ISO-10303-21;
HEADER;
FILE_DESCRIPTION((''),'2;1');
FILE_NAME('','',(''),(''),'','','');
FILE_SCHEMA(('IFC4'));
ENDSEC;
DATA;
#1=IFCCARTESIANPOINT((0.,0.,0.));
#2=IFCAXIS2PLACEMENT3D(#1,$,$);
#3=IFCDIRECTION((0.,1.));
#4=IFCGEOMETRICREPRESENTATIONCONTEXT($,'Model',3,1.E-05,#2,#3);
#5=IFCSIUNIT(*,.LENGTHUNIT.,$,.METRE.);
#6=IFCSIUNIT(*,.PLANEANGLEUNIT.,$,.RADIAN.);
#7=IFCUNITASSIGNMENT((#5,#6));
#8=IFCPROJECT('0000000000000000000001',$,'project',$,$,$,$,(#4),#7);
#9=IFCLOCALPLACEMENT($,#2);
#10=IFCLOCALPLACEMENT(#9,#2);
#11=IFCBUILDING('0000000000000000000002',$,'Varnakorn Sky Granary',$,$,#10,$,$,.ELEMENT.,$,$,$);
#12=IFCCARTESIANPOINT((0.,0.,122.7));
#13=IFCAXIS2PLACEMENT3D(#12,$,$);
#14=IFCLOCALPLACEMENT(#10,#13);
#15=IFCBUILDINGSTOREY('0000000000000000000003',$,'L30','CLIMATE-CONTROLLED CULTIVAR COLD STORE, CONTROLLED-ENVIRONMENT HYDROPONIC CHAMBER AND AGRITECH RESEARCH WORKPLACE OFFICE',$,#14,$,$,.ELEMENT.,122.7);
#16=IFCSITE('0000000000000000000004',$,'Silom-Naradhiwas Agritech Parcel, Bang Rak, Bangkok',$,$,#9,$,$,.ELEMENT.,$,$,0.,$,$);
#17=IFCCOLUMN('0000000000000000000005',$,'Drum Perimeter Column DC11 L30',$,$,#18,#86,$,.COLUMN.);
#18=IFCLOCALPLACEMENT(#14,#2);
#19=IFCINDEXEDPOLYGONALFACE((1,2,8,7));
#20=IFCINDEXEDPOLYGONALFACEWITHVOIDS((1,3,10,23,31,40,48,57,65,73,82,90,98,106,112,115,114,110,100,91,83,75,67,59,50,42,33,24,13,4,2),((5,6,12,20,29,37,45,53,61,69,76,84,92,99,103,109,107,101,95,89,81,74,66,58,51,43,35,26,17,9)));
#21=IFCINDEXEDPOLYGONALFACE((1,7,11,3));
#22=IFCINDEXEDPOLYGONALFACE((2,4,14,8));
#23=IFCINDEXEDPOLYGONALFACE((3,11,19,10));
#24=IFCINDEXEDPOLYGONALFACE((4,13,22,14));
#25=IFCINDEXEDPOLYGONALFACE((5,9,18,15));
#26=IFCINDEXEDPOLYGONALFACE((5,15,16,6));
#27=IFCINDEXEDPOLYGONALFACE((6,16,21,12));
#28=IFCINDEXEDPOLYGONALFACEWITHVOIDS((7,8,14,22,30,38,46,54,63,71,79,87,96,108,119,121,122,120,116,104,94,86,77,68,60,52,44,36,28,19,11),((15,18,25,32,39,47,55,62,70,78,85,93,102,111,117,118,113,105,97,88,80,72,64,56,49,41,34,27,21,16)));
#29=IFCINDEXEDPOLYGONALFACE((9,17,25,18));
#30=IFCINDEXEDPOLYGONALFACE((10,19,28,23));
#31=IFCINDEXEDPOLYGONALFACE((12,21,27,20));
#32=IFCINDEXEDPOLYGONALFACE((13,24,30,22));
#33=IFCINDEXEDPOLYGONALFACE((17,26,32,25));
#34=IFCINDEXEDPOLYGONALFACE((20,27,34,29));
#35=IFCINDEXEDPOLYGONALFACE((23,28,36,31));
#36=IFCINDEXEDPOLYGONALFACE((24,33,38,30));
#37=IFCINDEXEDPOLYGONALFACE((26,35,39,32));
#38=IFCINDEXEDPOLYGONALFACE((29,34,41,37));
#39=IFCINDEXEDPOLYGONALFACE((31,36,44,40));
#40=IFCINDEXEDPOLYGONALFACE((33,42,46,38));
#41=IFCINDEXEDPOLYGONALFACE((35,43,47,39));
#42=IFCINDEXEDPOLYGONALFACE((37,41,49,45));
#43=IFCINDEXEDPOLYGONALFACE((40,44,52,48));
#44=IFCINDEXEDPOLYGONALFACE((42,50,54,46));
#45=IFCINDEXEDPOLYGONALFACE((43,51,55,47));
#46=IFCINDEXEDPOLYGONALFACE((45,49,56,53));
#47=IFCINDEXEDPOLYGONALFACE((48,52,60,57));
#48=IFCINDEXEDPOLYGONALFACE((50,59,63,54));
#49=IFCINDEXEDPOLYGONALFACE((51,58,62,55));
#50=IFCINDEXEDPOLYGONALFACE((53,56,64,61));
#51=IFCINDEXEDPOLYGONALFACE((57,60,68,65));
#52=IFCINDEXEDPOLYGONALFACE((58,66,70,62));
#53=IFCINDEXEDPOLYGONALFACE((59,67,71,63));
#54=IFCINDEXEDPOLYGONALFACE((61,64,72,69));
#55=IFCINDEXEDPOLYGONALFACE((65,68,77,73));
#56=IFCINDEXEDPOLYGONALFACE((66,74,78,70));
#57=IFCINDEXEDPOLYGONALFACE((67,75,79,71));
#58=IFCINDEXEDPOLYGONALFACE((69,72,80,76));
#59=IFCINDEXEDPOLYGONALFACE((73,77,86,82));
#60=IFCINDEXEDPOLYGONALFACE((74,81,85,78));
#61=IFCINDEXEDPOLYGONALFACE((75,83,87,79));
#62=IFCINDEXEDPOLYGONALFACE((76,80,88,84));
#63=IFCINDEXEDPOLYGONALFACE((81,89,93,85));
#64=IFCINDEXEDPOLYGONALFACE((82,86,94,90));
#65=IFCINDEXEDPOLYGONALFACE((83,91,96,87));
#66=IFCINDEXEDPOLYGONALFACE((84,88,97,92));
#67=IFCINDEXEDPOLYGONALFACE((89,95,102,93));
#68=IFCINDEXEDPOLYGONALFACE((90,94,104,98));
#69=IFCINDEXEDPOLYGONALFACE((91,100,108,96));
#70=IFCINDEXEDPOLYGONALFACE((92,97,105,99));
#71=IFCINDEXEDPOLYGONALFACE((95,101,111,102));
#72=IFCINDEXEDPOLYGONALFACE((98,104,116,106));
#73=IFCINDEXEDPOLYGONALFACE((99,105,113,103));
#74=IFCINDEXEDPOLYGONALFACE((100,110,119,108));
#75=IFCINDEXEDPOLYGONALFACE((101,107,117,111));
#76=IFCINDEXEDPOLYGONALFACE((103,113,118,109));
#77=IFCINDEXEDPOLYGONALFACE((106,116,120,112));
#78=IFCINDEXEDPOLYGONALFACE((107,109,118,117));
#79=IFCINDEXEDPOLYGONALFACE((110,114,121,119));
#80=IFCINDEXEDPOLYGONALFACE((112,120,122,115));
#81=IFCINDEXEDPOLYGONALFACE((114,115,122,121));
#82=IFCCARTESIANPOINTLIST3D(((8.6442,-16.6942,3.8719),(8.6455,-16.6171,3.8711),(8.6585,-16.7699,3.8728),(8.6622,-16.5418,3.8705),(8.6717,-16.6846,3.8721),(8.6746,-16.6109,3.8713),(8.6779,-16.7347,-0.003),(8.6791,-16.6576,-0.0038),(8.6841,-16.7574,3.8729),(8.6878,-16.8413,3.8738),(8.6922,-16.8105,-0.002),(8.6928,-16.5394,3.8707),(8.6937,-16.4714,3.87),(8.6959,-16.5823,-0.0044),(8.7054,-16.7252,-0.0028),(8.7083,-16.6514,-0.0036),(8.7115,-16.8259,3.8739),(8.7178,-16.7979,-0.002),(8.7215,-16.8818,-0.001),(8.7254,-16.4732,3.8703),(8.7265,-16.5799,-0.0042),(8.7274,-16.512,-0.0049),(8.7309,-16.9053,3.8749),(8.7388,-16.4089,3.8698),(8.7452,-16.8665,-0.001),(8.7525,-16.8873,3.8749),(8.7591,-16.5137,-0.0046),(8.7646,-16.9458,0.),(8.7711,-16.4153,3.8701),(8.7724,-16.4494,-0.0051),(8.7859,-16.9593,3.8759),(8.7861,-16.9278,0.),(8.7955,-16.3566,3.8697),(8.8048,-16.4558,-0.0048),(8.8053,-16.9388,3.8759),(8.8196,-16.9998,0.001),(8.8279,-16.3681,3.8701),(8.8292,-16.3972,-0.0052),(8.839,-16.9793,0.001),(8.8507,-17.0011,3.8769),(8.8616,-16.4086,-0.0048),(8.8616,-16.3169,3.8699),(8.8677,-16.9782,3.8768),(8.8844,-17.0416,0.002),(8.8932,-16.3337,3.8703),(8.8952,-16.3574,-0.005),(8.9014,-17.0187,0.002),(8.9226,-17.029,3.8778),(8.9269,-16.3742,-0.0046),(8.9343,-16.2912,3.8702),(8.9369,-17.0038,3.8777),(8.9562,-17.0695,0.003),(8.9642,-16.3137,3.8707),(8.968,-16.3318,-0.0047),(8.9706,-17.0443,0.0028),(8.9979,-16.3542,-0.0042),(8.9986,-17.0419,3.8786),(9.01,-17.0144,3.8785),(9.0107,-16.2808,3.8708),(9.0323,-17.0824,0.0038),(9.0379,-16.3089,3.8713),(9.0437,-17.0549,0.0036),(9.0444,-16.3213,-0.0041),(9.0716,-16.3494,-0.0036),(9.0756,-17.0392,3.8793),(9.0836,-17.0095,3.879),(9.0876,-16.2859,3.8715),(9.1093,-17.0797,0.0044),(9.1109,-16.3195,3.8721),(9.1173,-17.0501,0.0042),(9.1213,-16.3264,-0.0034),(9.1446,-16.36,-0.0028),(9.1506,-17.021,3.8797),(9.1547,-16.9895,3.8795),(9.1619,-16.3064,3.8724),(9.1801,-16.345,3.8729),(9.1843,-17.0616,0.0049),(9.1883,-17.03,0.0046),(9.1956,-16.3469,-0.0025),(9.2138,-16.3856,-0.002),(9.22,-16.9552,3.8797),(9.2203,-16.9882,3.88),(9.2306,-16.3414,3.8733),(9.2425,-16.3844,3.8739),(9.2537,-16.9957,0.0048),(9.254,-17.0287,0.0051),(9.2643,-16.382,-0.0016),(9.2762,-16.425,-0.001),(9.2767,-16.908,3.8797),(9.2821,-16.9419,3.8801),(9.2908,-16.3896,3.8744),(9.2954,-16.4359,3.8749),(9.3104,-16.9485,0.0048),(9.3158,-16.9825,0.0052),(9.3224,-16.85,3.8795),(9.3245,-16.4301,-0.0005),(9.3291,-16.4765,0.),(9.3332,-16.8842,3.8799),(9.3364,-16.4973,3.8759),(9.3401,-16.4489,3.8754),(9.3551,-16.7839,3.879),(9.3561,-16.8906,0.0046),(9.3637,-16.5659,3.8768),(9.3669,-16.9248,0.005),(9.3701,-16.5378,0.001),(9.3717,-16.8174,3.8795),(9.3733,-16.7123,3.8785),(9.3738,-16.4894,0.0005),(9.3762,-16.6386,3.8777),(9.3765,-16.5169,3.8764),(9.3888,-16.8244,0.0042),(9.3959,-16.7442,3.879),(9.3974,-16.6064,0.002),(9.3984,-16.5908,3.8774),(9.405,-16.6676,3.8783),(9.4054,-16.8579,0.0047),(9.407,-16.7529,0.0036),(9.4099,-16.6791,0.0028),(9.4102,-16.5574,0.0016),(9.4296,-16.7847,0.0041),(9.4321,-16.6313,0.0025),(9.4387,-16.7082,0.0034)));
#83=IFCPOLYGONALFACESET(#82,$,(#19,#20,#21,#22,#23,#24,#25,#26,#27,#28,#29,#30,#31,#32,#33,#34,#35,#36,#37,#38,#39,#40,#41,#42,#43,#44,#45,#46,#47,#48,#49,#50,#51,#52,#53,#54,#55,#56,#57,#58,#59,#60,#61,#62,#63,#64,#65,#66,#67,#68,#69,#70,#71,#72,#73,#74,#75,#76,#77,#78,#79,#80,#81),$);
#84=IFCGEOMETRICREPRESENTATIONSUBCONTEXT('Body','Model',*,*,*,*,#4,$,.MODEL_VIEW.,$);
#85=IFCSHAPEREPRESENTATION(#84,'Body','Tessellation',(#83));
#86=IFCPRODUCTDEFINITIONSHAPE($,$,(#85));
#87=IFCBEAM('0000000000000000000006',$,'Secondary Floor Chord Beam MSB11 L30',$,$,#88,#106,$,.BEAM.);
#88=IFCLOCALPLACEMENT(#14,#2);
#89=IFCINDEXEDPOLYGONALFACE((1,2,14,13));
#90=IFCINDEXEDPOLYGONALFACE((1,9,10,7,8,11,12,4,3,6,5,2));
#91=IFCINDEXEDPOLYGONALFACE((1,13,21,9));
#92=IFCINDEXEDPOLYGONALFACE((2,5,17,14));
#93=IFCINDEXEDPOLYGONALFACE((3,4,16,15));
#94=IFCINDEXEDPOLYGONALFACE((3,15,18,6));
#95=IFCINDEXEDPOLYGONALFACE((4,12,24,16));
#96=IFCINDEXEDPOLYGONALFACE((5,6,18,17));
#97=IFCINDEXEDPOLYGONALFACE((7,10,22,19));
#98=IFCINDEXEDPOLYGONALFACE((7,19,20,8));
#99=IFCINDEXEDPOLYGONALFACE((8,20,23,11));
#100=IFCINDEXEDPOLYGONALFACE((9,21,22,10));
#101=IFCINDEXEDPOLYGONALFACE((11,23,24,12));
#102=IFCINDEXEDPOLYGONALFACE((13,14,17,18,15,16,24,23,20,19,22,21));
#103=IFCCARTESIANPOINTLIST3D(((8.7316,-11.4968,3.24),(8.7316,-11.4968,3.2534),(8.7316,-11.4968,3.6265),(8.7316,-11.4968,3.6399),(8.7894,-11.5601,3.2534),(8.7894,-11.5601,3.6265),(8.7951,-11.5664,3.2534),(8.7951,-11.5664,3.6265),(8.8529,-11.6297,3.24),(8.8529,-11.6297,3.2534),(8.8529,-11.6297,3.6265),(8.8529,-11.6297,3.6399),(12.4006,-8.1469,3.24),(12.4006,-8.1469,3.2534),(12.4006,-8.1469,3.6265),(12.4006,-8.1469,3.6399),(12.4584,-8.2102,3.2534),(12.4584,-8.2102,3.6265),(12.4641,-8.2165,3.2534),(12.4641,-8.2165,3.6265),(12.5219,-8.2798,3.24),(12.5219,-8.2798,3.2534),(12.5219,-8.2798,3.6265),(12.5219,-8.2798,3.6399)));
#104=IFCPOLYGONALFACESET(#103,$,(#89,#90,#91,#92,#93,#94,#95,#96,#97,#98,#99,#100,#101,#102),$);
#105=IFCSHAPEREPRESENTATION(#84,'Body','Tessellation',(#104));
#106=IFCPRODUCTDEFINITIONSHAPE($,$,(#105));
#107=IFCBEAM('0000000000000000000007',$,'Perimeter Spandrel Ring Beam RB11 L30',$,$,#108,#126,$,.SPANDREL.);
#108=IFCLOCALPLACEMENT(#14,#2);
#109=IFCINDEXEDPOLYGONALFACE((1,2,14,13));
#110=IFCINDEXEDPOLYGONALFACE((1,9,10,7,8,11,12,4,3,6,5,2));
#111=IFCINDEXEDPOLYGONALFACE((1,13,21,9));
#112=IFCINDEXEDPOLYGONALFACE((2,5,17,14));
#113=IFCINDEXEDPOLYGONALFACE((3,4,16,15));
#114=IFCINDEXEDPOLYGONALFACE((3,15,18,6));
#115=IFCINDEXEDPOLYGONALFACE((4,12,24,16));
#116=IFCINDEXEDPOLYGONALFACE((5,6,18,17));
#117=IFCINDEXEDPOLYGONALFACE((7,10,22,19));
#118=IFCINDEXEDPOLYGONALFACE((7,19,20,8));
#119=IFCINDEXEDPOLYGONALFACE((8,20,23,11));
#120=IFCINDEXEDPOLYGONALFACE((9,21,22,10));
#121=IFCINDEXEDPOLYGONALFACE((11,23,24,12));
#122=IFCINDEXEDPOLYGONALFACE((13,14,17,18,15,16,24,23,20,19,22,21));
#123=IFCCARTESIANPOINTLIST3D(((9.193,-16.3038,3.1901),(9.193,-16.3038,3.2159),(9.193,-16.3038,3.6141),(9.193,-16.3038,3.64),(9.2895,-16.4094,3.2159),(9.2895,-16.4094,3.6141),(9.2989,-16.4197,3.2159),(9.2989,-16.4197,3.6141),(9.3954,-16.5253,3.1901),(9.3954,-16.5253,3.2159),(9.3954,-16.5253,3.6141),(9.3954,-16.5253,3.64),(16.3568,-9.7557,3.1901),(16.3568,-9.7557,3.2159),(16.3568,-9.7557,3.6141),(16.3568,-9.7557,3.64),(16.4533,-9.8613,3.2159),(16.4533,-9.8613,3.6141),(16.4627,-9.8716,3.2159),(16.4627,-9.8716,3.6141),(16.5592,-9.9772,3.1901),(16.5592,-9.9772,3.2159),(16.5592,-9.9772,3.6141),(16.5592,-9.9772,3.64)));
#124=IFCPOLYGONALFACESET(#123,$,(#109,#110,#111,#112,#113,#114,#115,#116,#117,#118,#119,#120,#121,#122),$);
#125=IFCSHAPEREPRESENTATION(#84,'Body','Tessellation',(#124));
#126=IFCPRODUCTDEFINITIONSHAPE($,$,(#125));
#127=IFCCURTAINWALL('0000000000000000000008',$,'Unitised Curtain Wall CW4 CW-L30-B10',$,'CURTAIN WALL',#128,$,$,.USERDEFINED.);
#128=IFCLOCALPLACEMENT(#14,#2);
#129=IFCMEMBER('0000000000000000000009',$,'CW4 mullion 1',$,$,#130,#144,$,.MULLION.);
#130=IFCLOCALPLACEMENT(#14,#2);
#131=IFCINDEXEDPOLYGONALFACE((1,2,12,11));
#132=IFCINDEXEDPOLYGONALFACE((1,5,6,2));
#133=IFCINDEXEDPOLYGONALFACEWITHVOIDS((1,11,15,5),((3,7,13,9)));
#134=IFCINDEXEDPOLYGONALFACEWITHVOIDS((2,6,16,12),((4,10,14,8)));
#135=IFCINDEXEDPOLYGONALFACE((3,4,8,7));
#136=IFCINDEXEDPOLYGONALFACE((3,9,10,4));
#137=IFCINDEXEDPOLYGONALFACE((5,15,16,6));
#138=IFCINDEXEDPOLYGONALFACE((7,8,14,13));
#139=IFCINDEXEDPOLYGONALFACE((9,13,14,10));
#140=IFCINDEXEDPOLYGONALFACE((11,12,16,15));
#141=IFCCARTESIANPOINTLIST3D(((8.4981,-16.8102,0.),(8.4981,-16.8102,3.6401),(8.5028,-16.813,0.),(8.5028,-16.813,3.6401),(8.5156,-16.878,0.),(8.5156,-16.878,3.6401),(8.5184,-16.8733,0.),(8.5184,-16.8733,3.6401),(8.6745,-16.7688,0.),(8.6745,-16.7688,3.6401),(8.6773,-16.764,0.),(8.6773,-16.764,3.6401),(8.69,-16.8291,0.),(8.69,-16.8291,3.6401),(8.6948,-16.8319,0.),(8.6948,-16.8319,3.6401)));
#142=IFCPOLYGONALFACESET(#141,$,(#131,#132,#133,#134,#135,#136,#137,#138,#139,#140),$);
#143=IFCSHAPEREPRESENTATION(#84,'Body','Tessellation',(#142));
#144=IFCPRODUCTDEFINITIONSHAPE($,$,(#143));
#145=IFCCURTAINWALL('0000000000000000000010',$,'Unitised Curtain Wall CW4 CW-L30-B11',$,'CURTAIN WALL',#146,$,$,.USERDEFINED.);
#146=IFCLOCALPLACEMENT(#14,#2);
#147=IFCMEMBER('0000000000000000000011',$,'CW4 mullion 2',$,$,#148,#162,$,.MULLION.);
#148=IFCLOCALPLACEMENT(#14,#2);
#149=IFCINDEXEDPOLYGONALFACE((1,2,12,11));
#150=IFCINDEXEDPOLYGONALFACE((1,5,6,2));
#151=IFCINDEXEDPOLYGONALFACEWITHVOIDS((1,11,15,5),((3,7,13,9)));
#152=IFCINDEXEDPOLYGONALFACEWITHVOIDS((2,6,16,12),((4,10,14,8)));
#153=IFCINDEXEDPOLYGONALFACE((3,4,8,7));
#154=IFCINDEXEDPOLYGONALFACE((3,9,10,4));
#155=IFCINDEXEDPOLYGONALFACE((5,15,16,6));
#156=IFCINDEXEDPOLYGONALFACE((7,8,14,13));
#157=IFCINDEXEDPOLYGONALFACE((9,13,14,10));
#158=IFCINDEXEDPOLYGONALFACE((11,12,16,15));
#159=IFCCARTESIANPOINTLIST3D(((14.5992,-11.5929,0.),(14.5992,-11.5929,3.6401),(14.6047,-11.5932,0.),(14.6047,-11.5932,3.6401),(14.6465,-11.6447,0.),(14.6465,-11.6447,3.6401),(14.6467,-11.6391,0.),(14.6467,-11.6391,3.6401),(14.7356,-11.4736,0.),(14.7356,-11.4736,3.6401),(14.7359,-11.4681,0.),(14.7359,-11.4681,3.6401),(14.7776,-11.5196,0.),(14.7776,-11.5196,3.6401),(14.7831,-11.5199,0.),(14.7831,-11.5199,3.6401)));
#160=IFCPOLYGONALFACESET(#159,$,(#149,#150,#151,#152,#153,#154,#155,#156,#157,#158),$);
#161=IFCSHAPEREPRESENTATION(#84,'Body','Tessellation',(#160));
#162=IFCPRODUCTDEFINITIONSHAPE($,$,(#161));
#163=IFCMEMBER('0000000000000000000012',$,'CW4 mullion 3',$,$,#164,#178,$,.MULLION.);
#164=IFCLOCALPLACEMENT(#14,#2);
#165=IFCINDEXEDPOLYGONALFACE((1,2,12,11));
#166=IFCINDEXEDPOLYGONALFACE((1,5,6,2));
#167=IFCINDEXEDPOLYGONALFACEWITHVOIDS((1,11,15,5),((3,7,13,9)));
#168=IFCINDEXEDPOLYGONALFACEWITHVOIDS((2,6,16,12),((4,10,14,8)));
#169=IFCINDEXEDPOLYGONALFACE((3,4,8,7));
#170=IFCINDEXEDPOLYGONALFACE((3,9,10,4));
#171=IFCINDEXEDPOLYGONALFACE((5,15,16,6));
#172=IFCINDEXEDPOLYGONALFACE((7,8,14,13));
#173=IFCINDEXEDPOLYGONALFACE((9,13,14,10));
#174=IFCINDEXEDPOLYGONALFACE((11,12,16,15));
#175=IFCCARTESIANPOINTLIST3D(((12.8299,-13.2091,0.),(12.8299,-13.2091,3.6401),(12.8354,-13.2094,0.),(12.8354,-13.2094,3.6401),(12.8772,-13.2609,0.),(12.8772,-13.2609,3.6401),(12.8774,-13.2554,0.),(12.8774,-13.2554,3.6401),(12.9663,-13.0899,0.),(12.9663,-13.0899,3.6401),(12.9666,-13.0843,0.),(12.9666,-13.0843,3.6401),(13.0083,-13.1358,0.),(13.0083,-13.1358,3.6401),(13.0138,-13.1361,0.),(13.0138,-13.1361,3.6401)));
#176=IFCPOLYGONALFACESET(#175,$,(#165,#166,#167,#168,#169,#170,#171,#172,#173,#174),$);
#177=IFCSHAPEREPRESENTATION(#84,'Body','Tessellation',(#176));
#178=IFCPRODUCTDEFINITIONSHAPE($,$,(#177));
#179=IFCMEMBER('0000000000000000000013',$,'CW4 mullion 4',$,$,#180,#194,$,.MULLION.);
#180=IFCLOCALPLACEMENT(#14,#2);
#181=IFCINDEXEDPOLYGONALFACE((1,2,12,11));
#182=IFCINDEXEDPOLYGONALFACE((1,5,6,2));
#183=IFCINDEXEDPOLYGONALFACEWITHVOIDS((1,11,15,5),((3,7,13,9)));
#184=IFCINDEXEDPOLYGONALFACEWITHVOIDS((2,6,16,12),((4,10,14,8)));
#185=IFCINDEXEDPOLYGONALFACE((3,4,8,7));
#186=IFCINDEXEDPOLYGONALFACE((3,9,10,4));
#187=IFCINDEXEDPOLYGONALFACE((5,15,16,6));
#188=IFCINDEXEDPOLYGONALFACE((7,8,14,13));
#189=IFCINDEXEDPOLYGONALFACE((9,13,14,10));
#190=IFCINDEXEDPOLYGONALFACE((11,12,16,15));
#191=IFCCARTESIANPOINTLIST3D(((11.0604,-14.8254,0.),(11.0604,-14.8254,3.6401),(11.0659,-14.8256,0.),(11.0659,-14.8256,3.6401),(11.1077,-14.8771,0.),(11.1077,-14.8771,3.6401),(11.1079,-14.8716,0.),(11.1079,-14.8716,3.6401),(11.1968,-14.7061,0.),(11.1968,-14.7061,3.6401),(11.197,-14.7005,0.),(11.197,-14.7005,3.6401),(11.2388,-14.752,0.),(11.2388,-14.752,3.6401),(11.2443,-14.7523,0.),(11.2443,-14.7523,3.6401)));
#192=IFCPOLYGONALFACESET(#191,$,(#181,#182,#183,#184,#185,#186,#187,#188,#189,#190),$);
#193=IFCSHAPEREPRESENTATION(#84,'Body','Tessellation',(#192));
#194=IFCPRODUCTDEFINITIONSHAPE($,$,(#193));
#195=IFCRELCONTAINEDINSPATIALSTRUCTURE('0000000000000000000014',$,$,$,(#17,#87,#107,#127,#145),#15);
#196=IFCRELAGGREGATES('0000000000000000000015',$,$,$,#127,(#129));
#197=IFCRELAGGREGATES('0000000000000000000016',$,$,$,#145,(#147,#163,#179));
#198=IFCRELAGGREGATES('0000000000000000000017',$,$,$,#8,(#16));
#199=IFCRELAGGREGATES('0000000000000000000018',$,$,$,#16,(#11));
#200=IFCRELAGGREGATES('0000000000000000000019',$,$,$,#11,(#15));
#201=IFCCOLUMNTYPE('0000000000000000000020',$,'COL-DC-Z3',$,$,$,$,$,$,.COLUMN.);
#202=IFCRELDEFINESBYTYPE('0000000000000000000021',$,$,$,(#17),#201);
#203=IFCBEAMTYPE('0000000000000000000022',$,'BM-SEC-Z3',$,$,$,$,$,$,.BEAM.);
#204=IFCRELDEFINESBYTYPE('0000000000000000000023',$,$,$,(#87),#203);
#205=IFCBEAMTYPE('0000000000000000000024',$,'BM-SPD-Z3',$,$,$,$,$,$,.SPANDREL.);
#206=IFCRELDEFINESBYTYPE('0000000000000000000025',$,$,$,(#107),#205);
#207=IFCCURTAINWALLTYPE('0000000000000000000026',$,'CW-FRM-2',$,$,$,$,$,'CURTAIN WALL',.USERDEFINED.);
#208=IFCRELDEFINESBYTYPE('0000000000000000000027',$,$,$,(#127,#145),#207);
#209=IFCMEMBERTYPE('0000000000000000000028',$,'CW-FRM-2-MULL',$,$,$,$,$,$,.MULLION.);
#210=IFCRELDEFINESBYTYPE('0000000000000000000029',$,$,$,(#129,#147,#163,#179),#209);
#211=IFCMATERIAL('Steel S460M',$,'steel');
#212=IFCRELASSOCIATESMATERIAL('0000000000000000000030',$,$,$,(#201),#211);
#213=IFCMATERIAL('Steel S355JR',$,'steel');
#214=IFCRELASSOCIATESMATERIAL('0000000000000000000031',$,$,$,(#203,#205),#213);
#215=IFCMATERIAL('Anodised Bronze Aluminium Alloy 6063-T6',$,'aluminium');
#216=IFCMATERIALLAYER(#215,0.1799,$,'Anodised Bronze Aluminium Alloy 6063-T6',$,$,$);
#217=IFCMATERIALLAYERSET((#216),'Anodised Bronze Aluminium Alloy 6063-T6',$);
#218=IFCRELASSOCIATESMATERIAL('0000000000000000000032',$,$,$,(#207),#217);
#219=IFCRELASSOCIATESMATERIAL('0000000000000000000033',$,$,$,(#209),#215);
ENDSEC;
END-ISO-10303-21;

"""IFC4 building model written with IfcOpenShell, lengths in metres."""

from ifc_helpers import new_model, si_unit, direction, frame, origin, origin_2d, place, context, subcontext, project, spatial, hollow_rectangle, hollow_circle, i_section, extrude, material, layer, layer_set, material_profile, profile_set, type_object, element, aggregate, save


model = new_model("IFC4")

# Units and contexts
model_context = context("Model", 3, precision=1e-05, world=origin(), true_north=direction((0.0, 1.0)))
body_context = subcontext(model_context, "Body", "Model", "MODEL_VIEW")
ifc_project = project(units=[si_unit("LENGTHUNIT", "METRE"), si_unit("PLANEANGLEUNIT", "RADIAN")], contexts=[model_context])

# Site, building, storey
site_placement = place(None, origin())
site = spatial("IfcSite", under=ifc_project, at=site_placement, Name="Silom-Naradhiwas Agritech Parcel, Bang Rak, Bangkok", CompositionType="ELEMENT", RefElevation=0.0)
building_placement = place(site_placement, origin())
building = spatial("IfcBuilding", under=site, at=building_placement, Name="Varnakorn Sky Granary", CompositionType="ELEMENT")
storey_placement = place(building_placement, frame((0.0, 0.0, 122.7)))
storey = spatial("IfcBuildingStorey", under=building, at=storey_placement, Name="L30", Description="CLIMATE-CONTROLLED CULTIVAR COLD STORE, CONTROLLED-ENVIRONMENT HYDROPONIC CHAMBER AND AGRITECH RESEARCH WORKPLACE OFFICE", CompositionType="ELEMENT", Elevation=122.7)

# Column
ifc_material_1 = material(Name="Steel S460M", Category="steel")
ifc_material_profile_1 = material_profile(ifc_material_1, hollow_circle(Radius=0.3811, WallThickness=0.0281, at=origin_2d()), Name="CHS 762x28")
ifc_profile_set_1 = profile_set([ifc_material_profile_1], Name="Steel S460M")
column_type = type_object("IfcColumnType", Name="COL-DC-Z3", PredefinedType="COLUMN", material=ifc_profile_set_1)
column_placement = place(storey_placement, frame((9.0576, -16.7021, 0.0), z_axis=(-0.008694, 0.010458, 0.999908), x_axis=(-0.76898, -0.639273, 0.0)))
element("IfcColumn", 1, at=column_placement, inside=storey, type_object=column_type, Name="Drum Perimeter Column DC11 L30", PredefinedType="COLUMN", context=body_context, shape_type="SweptSolid", body=[
    extrude(hollow_circle(Radius=0.3811, WallThickness=0.0281, at=origin_2d()), origin(), (0.0, 0.0, 1.0), 3.8752),
])

# Beams
ifc_material_2 = material(Name="Steel S355JR", Category="steel")
ifc_material_profile_2 = material_profile(ifc_material_2, i_section(OverallWidth=0.1799, OverallDepth=0.3999, WebThickness=0.0085, FlangeThickness=0.0134, at=origin_2d()), Name="IPE 400")
ifc_profile_set_2 = profile_set([ifc_material_profile_2], Name="Steel S355JR")
beam_type_1 = type_object("IfcBeamType", Name="BM-SEC-Z3", PredefinedType="BEAM", material=ifc_profile_set_2)
beam_1_placement = place(storey_placement, frame((8.7922, -11.5632, 3.4399), z_axis=(0.738491, 0.674264, 0.0), x_axis=(-0.674264, 0.738491, 0.0)))
element("IfcBeam", 2, at=beam_1_placement, inside=storey, type_object=beam_type_1, Name="Secondary Floor Chord Beam MSB11 L30", PredefinedType="BEAM", context=body_context, shape_type="SweptSolid", body=[
    extrude(i_section(OverallWidth=0.1799, OverallDepth=0.3999, WebThickness=0.0085, FlangeThickness=0.0134, at=origin_2d()), origin(), (0.0, 0.0, 1.0), 4.9683),
])
ifc_material_profile_3 = material_profile(ifc_material_2, i_section(OverallWidth=0.3, OverallDepth=0.45, WebThickness=0.0139, FlangeThickness=0.0259, at=origin_2d()), Name="HE 450 B")
ifc_profile_set_3 = profile_set([ifc_material_profile_3], Name="Steel S355JR")
beam_type_2 = type_object("IfcBeamType", Name="BM-SPD-Z3", PredefinedType="SPANDREL", material=ifc_profile_set_3)
beam_2_placement = place(storey_placement, frame((9.2942, -16.4146, 3.415), z_axis=(0.738115, 0.674675, 0.0), x_axis=(-0.674675, 0.738115, 0.0)))
element("IfcBeam", 3, at=beam_2_placement, inside=storey, type_object=beam_type_2, Name="Perimeter Spandrel Ring Beam RB11 L30", PredefinedType="SPANDREL", context=body_context, shape_type="SweptSolid", body=[
    extrude(i_section(OverallWidth=0.3, OverallDepth=0.45, WebThickness=0.0139, FlangeThickness=0.0259, at=origin_2d()), origin(), (0.0, 0.0, 1.0), 9.7056),
])

# Curtain wall, member
ifc_material_3 = material(Name="Anodised Bronze Aluminium Alloy 6063-T6", Category="aluminium")
ifc_layer_1 = layer(ifc_material_3, 0.1799, Name="Anodised Bronze Aluminium Alloy 6063-T6")
ifc_layer_set_1 = layer_set([ifc_layer_1], Name="Anodised Bronze Aluminium Alloy 6063-T6")
curtain_wall_type = type_object("IfcCurtainWallType", Name="CW-FRM-2", ElementType="CURTAIN WALL", PredefinedType="USERDEFINED", material=ifc_layer_set_1)
curtain_wall_1_placement = place(storey_placement, origin())
curtain_wall_1 = element("IfcCurtainWall", 4, at=curtain_wall_1_placement, inside=storey, type_object=curtain_wall_type, Name="Unitised Curtain Wall CW4 CW-L30-B10", ObjectType="CURTAIN WALL", PredefinedType="USERDEFINED")
ifc_material_profile_4 = material_profile(ifc_material_3, hollow_rectangle(XDim=0.0701, YDim=0.1851, WallThickness=0.0039, at=origin_2d()), Name="ALU MULL 70x185")
ifc_profile_set_4 = profile_set([ifc_material_profile_4], Name="Anodised Bronze Aluminium Alloy 6063-T6")
member_type_1 = type_object("IfcMemberType", Name="CW-FRM-2-MULL", PredefinedType="MULLION", material=ifc_profile_set_4)
member_1_placement = place(storey_placement, frame((8.5964, -16.821, 0.0), z_axis=(0.0, 0.0, 1.0), x_axis=(0.249384, -0.968405, 0.0)))
member_1 = element("IfcMember", 5, at=member_1_placement, type_object=member_type_1, Name="CW4 mullion 1", PredefinedType="MULLION", context=body_context, shape_type="SweptSolid", body=[
    extrude(hollow_rectangle(XDim=0.0701, YDim=0.1851, WallThickness=0.0039, at=origin_2d()), origin(), (0.0, 0.0, 1.0), 3.6401),
])
aggregate(curtain_wall_1, [member_1])

# Curtain wall, members
curtain_wall_2_placement = place(storey_placement, origin())
curtain_wall_2 = element("IfcCurtainWall", 6, at=curtain_wall_2_placement, inside=storey, type_object=curtain_wall_type, Name="Unitised Curtain Wall CW4 CW-L30-B11", ObjectType="CURTAIN WALL", PredefinedType="USERDEFINED")
member_2_placement = place(storey_placement, frame((14.6912, -11.5564, 0.0), z_axis=(0.0, 0.0, 1.0), x_axis=(0.674407, -0.738359, 0.0)))
member_2 = element("IfcMember", 7, at=member_2_placement, type_object=member_type_1, Name="CW4 mullion 2", PredefinedType="MULLION", context=body_context, shape_type="SweptSolid", body=[
    extrude(hollow_rectangle(XDim=0.0701, YDim=0.1851, WallThickness=0.0039, at=origin_2d()), origin(), (0.0, 0.0, 1.0), 3.6401),
])
member_3_placement = place(storey_placement, frame((12.9219, -13.1726, 0.0), z_axis=(0.0, 0.0, 1.0), x_axis=(0.674407, -0.738359, 0.0)))
member_3 = element("IfcMember", 8, at=member_3_placement, type_object=member_type_1, Name="CW4 mullion 3", PredefinedType="MULLION", context=body_context, shape_type="SweptSolid", body=[
    extrude(hollow_rectangle(XDim=0.0701, YDim=0.1851, WallThickness=0.0039, at=origin_2d()), origin(), (0.0, 0.0, 1.0), 3.6401),
])
member_4_placement = place(storey_placement, frame((11.1523, -14.7888, 0.0), z_axis=(0.0, 0.0, 1.0), x_axis=(0.674407, -0.738359, 0.0)))
member_4 = element("IfcMember", 9, at=member_4_placement, type_object=member_type_1, Name="CW4 mullion 4", PredefinedType="MULLION", context=body_context, shape_type="SweptSolid", body=[
    extrude(hollow_rectangle(XDim=0.0701, YDim=0.1851, WallThickness=0.0039, at=origin_2d()), origin(), (0.0, 0.0, 1.0), 3.6401),
])

aggregate(curtain_wall_2, [member_2, member_3, member_4])

save(model, "model.ifc")
